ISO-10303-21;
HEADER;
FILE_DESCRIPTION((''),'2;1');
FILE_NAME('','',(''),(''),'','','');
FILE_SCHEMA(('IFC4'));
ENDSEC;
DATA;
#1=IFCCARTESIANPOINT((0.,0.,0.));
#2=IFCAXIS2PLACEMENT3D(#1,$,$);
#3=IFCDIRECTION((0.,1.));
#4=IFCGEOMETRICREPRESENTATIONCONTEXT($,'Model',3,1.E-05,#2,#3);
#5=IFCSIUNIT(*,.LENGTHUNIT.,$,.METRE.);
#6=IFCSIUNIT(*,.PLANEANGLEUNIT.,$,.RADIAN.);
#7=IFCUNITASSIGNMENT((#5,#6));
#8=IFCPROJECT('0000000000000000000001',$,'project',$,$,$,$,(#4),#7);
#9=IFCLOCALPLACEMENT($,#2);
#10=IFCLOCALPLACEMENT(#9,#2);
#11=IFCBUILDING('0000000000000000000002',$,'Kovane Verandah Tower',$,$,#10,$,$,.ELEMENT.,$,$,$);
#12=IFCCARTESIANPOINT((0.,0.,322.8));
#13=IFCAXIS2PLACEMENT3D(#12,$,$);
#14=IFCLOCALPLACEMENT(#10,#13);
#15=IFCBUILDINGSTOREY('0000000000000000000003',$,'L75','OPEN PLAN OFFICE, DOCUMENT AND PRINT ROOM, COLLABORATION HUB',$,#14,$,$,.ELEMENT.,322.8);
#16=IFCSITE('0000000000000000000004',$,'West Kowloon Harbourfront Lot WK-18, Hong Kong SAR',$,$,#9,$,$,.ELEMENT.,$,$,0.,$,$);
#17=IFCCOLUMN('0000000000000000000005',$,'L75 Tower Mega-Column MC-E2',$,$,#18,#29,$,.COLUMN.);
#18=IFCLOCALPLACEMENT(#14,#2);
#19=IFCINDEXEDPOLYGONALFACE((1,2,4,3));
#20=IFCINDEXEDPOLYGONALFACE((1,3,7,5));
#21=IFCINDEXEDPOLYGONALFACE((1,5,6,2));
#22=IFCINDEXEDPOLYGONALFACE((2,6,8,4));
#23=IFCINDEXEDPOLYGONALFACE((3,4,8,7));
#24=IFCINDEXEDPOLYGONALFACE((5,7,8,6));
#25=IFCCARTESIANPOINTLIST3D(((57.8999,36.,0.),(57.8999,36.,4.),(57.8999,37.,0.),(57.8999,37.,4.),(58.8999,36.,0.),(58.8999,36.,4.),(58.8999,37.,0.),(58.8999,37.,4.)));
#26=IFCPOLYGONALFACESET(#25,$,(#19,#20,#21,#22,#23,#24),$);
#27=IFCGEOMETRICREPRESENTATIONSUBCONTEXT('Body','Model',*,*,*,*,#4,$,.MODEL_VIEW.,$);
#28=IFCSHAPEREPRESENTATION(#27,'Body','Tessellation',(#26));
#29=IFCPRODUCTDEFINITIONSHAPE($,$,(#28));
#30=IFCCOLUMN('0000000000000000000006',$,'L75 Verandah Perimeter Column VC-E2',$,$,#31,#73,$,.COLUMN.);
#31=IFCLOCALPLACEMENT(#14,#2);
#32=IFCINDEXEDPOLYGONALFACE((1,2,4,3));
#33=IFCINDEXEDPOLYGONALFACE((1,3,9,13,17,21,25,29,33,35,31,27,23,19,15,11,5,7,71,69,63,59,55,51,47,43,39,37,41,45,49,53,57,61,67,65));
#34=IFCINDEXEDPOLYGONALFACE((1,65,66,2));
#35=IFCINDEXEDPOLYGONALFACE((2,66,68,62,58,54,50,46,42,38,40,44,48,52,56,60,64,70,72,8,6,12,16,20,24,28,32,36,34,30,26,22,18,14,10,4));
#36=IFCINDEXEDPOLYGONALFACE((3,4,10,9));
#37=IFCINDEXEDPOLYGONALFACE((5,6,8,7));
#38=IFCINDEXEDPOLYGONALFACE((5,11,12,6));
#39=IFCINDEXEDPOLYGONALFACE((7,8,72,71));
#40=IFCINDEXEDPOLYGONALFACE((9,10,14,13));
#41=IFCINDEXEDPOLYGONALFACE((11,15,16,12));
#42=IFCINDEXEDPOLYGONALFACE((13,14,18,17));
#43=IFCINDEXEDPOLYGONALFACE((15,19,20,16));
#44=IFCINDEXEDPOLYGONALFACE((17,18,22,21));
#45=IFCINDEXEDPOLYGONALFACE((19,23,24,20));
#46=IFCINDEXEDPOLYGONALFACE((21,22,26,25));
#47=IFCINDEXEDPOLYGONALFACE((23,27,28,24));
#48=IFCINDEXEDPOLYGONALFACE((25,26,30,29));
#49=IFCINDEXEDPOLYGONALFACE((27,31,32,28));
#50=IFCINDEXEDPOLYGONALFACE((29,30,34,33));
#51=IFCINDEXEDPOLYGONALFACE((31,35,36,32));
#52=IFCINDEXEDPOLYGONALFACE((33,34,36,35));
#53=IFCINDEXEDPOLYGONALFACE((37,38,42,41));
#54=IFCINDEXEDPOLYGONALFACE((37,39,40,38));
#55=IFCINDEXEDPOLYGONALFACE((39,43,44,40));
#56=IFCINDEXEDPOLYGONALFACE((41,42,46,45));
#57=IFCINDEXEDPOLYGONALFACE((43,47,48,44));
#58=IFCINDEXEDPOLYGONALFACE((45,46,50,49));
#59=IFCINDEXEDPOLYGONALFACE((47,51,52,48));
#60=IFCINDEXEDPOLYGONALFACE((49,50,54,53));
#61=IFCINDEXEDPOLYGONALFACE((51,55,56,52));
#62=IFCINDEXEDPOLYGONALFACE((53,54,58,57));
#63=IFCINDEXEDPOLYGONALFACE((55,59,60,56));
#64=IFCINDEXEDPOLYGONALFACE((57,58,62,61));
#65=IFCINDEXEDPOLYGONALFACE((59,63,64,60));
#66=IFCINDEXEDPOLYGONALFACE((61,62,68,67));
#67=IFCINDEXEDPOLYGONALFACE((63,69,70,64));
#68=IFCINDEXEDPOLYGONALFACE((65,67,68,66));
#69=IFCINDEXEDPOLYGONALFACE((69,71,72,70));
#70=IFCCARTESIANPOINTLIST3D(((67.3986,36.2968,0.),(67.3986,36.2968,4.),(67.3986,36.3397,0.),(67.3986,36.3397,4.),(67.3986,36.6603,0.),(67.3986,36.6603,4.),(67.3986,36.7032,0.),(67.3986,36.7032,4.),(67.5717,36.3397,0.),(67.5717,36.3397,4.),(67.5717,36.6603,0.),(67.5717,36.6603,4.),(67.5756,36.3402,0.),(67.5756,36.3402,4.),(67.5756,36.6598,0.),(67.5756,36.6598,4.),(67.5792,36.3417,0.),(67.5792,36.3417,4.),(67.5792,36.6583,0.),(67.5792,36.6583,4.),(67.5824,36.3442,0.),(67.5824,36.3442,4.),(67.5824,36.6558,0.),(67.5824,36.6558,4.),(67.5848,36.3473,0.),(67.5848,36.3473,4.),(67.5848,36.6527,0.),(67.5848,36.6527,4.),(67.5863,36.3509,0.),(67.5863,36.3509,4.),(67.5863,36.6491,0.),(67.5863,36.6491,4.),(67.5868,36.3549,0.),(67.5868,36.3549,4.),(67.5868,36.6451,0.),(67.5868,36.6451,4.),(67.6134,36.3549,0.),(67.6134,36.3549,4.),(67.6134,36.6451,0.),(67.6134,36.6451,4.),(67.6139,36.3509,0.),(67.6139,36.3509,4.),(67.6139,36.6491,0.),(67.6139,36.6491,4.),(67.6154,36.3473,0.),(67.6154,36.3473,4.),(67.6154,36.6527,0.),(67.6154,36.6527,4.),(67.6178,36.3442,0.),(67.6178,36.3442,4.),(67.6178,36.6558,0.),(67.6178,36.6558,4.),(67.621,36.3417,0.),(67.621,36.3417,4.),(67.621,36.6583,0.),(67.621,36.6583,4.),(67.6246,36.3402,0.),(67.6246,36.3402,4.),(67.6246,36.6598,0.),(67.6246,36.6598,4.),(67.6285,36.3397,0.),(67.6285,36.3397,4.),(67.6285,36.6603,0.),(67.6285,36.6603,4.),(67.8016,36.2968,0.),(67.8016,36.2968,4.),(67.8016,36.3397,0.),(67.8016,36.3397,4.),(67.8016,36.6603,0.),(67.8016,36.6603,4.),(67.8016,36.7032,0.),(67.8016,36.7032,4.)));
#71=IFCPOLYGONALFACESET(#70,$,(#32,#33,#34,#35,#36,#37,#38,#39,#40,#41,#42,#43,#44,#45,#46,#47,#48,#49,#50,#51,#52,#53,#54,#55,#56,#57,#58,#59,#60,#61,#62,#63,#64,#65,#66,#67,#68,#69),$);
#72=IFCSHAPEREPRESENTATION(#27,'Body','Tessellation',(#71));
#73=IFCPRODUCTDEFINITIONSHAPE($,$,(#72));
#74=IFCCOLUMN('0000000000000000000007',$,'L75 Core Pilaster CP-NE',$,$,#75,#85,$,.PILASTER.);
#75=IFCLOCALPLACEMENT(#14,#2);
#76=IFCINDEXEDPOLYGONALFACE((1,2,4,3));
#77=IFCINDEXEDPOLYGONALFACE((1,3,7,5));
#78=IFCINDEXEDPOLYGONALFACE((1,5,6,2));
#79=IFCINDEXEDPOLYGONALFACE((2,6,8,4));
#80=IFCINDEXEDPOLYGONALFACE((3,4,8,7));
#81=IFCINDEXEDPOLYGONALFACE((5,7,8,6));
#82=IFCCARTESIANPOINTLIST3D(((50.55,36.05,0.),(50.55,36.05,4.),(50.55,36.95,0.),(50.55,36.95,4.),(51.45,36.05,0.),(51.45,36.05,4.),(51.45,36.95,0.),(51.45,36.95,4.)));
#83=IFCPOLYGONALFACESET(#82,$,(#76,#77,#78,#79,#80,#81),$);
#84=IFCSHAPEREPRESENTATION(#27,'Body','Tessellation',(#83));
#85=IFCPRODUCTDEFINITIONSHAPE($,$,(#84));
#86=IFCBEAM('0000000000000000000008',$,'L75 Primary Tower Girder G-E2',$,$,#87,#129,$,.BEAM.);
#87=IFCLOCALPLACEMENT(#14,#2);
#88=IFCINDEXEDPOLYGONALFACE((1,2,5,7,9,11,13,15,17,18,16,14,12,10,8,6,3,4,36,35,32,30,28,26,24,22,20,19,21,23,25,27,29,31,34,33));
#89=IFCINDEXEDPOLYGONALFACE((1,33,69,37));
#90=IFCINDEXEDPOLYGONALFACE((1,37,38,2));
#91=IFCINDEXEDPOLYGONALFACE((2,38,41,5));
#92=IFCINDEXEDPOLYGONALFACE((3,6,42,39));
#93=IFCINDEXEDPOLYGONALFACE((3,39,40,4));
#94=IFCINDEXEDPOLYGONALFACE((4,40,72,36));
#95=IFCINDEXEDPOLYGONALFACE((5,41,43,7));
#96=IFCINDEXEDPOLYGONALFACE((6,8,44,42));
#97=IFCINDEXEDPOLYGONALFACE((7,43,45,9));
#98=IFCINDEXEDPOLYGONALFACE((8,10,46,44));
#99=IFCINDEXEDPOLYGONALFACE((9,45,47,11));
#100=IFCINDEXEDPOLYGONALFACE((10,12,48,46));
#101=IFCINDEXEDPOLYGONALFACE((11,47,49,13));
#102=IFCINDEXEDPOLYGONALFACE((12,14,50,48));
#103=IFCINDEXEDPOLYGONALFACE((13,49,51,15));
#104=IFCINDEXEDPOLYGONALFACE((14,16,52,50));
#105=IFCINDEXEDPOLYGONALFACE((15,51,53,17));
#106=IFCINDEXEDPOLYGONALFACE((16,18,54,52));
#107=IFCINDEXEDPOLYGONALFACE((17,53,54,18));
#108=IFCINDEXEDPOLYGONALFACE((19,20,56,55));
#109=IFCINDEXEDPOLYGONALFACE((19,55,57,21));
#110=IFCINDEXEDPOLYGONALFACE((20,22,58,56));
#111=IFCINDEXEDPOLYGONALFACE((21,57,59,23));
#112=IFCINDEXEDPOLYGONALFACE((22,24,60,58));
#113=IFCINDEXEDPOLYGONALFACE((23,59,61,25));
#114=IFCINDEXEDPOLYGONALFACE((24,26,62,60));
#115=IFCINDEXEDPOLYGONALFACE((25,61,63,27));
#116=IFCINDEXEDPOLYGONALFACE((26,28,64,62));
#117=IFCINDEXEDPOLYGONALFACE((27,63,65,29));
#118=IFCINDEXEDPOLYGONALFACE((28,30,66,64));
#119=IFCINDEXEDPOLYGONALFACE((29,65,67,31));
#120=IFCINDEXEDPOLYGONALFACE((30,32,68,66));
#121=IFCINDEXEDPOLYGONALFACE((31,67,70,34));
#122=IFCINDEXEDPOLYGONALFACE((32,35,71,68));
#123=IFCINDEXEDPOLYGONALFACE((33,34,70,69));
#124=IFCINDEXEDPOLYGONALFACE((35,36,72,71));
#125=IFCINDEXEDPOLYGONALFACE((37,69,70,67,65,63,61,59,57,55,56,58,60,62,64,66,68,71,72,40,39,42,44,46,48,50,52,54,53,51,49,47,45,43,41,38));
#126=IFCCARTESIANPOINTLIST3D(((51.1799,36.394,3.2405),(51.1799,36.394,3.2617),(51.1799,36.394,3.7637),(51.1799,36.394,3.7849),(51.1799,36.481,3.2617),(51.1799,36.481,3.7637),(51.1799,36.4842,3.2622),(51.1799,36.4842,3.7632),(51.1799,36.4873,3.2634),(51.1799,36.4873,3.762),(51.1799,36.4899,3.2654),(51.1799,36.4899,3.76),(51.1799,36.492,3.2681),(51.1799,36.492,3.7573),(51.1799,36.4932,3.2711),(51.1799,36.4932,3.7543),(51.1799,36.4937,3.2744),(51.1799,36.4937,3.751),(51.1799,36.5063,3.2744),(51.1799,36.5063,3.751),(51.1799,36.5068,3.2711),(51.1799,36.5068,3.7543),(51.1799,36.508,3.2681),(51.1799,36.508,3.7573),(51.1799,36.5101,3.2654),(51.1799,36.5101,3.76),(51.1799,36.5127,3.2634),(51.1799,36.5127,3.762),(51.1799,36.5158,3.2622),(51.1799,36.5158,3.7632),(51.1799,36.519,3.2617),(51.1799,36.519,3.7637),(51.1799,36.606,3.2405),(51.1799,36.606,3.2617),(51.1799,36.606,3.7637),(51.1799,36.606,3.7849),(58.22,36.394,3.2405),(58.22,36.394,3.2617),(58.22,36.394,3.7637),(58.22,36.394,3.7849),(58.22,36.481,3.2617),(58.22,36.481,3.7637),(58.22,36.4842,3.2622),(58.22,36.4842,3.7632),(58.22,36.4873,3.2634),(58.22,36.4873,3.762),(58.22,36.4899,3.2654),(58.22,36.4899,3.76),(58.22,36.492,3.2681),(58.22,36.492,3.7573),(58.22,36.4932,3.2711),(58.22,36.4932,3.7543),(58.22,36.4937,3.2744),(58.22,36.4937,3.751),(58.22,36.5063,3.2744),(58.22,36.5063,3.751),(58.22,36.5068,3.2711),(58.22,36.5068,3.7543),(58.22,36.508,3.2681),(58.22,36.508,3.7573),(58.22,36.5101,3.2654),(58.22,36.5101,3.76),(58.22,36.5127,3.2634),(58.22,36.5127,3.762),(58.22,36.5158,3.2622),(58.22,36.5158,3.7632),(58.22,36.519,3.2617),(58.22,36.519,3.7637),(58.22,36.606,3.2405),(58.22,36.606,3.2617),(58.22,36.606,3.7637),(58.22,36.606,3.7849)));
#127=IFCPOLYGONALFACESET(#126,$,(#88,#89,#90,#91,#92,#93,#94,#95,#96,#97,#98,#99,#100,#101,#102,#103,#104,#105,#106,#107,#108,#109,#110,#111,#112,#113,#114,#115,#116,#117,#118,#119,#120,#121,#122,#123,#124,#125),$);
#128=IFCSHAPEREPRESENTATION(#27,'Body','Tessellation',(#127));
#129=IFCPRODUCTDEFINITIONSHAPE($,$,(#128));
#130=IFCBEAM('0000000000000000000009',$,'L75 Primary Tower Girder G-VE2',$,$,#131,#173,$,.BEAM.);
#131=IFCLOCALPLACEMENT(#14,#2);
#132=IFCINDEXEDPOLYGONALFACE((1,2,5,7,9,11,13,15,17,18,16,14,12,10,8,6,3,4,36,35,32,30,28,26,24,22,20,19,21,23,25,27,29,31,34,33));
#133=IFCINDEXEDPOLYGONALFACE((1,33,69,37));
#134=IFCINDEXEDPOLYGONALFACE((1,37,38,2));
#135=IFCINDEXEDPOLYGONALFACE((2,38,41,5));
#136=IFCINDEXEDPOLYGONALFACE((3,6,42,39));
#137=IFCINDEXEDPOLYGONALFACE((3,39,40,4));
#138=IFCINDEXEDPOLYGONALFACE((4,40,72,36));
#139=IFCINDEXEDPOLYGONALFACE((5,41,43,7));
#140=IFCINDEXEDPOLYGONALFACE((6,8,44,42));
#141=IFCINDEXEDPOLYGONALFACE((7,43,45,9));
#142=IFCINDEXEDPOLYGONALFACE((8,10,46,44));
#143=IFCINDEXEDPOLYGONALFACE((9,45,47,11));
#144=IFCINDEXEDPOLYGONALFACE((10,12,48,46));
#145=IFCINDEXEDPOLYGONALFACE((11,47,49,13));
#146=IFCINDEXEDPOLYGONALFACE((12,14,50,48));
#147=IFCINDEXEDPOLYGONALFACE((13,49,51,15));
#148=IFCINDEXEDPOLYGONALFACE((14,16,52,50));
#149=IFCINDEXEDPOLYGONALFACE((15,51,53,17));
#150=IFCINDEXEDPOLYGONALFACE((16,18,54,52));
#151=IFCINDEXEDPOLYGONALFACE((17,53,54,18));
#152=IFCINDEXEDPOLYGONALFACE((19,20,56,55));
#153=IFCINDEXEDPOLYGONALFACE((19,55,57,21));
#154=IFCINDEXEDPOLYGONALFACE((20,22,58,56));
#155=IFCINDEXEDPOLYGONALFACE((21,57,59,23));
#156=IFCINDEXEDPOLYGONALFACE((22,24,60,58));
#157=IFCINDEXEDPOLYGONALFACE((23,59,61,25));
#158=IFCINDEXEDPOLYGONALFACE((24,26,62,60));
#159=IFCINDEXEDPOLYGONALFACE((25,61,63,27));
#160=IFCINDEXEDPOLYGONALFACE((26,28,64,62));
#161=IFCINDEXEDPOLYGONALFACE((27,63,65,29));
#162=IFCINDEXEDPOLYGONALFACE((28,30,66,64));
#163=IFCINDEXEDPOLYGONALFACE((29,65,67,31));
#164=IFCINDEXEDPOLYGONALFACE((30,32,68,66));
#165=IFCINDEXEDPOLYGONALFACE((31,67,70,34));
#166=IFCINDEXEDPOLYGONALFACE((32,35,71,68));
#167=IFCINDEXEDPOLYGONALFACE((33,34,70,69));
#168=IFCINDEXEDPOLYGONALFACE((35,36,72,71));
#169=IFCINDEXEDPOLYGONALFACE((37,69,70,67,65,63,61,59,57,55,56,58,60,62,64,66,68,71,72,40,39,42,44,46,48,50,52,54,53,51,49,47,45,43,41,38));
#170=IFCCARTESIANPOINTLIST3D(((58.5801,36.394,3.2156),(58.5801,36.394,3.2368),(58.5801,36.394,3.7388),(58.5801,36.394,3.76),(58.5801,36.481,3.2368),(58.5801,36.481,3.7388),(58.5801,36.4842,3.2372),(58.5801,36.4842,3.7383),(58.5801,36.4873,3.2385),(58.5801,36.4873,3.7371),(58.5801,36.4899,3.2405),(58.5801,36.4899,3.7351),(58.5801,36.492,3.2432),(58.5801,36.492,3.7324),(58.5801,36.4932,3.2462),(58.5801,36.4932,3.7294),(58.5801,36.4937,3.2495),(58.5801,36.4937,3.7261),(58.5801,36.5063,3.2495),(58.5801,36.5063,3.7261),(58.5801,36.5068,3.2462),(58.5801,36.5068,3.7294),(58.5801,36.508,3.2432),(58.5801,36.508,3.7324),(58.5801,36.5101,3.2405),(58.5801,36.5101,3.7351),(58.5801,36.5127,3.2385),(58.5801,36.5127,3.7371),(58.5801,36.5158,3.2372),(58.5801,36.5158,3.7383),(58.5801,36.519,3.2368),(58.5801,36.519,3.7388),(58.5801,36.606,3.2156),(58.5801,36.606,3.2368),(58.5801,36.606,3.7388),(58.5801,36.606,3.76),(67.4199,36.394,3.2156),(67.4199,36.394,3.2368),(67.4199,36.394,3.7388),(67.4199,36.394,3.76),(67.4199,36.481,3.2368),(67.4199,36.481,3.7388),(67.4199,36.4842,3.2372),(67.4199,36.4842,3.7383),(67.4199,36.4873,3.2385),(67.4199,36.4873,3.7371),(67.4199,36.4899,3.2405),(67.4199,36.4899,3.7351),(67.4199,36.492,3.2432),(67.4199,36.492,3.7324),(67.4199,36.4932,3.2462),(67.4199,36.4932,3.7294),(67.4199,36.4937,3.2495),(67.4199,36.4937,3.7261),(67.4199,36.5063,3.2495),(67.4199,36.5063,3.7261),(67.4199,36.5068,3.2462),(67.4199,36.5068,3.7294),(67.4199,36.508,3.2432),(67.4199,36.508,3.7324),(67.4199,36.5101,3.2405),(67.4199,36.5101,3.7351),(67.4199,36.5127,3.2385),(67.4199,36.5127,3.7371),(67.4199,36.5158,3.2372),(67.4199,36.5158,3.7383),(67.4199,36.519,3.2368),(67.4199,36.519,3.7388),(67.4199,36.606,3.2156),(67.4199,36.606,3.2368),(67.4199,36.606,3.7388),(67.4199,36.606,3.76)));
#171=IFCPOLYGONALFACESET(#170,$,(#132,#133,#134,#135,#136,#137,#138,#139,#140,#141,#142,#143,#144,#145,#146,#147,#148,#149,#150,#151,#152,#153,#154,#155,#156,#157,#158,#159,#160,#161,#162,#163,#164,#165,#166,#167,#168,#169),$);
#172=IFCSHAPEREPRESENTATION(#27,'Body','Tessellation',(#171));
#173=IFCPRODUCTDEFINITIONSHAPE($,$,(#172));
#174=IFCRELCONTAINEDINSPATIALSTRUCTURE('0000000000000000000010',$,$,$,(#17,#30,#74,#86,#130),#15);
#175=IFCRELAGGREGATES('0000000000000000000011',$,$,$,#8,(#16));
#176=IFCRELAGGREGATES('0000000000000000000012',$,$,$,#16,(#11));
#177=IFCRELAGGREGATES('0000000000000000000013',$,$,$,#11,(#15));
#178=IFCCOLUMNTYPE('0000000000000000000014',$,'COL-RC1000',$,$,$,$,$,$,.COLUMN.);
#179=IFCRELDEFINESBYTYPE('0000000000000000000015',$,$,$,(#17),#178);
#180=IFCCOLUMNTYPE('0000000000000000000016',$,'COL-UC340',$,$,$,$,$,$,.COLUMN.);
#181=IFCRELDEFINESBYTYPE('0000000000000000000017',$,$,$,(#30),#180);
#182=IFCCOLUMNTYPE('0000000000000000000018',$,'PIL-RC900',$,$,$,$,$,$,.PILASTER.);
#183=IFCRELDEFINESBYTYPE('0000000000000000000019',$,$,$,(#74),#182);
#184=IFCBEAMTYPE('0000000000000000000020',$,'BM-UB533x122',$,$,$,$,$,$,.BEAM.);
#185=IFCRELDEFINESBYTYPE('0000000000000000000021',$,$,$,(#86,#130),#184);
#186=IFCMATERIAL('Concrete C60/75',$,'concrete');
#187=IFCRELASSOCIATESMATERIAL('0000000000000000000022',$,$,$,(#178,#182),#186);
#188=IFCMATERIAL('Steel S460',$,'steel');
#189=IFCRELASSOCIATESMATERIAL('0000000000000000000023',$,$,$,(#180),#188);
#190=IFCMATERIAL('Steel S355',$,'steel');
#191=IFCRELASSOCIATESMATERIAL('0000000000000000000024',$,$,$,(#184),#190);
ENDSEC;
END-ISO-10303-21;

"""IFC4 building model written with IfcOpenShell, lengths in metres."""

from ifc_helpers import new_model, si_unit, direction, frame, origin, origin_2d, place, context, subcontext, project, spatial, rectangle, i_section, extrude, material, material_profile, profile_set, type_object, element, save


model = new_model("IFC4")

# Units and contexts
model_context = context("Model", 3, precision=1e-05, world=origin(), true_north=direction((0.0, 1.0)))
body_context = subcontext(model_context, "Body", "Model", "MODEL_VIEW")
ifc_project = project(units=[si_unit("LENGTHUNIT", "METRE"), si_unit("PLANEANGLEUNIT", "RADIAN")], contexts=[model_context])

# Site, building, storey
site_placement = place(None, origin())
site = spatial("IfcSite", under=ifc_project, at=site_placement, Name="West Kowloon Harbourfront Lot WK-18, Hong Kong SAR", CompositionType="ELEMENT", RefElevation=0.0)
building_placement = place(site_placement, origin())
building = spatial("IfcBuilding", under=site, at=building_placement, Name="Kovane Verandah Tower", CompositionType="ELEMENT")
storey_placement = place(building_placement, frame((0.0, 0.0, 322.8)))
storey = spatial("IfcBuildingStorey", under=building, at=storey_placement, Name="L75", Description="OPEN PLAN OFFICE, DOCUMENT AND PRINT ROOM, COLLABORATION HUB", CompositionType="ELEMENT", Elevation=322.8)

# Columns
ifc_material_1 = material(Name="Concrete C60/75", Category="concrete")
ifc_material_profile_1 = material_profile(ifc_material_1, rectangle(XDim=1.0, YDim=1.0, at=origin_2d()), Name="RC1000x1000")
ifc_profile_set_1 = profile_set([ifc_material_profile_1], Name="Concrete C60/75")
column_type_1 = type_object("IfcColumnType", Name="COL-RC1000", PredefinedType="COLUMN", material=ifc_profile_set_1)
column_1_placement = place(storey_placement, frame((58.3999, 36.5, 0.0), z_axis=(0.0, 0.0, 1.0), x_axis=(1.0, 0.0, 0.0)))
element("IfcColumn", 1, at=column_1_placement, inside=storey, type_object=column_type_1, Name="L75 Tower Mega-Column MC-E2", PredefinedType="COLUMN", context=body_context, shape_type="SweptSolid", body=[
    extrude(rectangle(XDim=1.0, YDim=1.0, at=origin_2d()), origin(), (0.0, 0.0, 1.0), 4.0),
])
ifc_material_2 = material(Name="Steel S460", Category="steel")
ifc_material_profile_2 = material_profile(ifc_material_2, i_section(OverallWidth=0.4031, OverallDepth=0.4065, WebThickness=0.0266, FlangeThickness=0.043, FilletRadius=0.0151, at=origin_2d()), Name="UC356x406x340")
ifc_profile_set_2 = profile_set([ifc_material_profile_2], Name="Steel S460")
column_type_2 = type_object("IfcColumnType", Name="COL-UC340", PredefinedType="COLUMN", material=ifc_profile_set_2)
column_2_placement = place(storey_placement, frame((67.6001, 36.5, 0.0), z_axis=(0.0, 0.0, 1.0), x_axis=(1.0, 0.0, 0.0)))
element("IfcColumn", 2, at=column_2_placement, inside=storey, type_object=column_type_2, Name="L75 Verandah Perimeter Column VC-E2", PredefinedType="COLUMN", context=body_context, shape_type="SweptSolid", body=[
    extrude(i_section(OverallWidth=0.4031, OverallDepth=0.4065, WebThickness=0.0266, FlangeThickness=0.043, FilletRadius=0.0151, at=origin_2d()), origin(), (0.0, 0.0, 1.0), 4.0),
])
ifc_material_profile_3 = material_profile(ifc_material_1, rectangle(XDim=0.8999, YDim=0.8999, at=origin_2d()), Name="RC900x900")
ifc_profile_set_3 = profile_set([ifc_material_profile_3], Name="Concrete C60/75")
column_type_3 = type_object("IfcColumnType", Name="PIL-RC900", PredefinedType="PILASTER", material=ifc_profile_set_3)
column_3_placement = place(storey_placement, frame((51.0, 36.5, 0.0), z_axis=(0.0, 0.0, 1.0), x_axis=(1.0, 0.0, 0.0)))
element("IfcColumn", 3, at=column_3_placement, inside=storey, type_object=column_type_3, Name="L75 Core Pilaster CP-NE", PredefinedType="PILASTER", context=body_context, shape_type="SweptSolid", body=[
    extrude(rectangle(XDim=0.8999, YDim=0.8999, at=origin_2d()), origin(), (0.0, 0.0, 1.0), 4.0),
])

# Beams
ifc_material_3 = material(Name="Steel S355", Category="steel")
ifc_material_profile_4 = material_profile(ifc_material_3, i_section(OverallWidth=0.2119, OverallDepth=0.5444, WebThickness=0.0127, FlangeThickness=0.0212, FilletRadius=0.0127, at=origin_2d()), Name="UB533x210x122")
ifc_profile_set_4 = profile_set([ifc_material_profile_4], Name="Steel S355")
beam_type_1 = type_object("IfcBeamType", Name="BM-UB533x122", PredefinedType="BEAM", material=ifc_profile_set_4)
beam_1_placement = place(storey_placement, frame((51.1799, 36.5, 3.5127), z_axis=(1.0, 0.0, 0.0), x_axis=(0.0, 1.0, 0.0)))
element("IfcBeam", 4, at=beam_1_placement, inside=storey, type_object=beam_type_1, Name="L75 Primary Tower Girder G-E2", PredefinedType="BEAM", context=body_context, shape_type="SweptSolid", body=[
    extrude(i_section(OverallWidth=0.2119, OverallDepth=0.5444, WebThickness=0.0127, FlangeThickness=0.0212, FilletRadius=0.0127, at=origin_2d()), origin(), (0.0, 0.0, 1.0), 7.04),
])
beam_2_placement = place(storey_placement, frame((58.5801, 36.5, 3.4878), z_axis=(1.0, 0.0, 0.0), x_axis=(0.0, 1.0, 0.0)))
element("IfcBeam", 5, at=beam_2_placement, inside=storey, type_object=beam_type_1, Name="L75 Primary Tower Girder G-VE2", PredefinedType="BEAM", context=body_context, shape_type="SweptSolid", body=[
    extrude(i_section(OverallWidth=0.2119, OverallDepth=0.5444, WebThickness=0.0127, FlangeThickness=0.0212, FilletRadius=0.0127, at=origin_2d()), origin(), (0.0, 0.0, 1.0), 8.8398),
])

save(model, "model.ifc")
